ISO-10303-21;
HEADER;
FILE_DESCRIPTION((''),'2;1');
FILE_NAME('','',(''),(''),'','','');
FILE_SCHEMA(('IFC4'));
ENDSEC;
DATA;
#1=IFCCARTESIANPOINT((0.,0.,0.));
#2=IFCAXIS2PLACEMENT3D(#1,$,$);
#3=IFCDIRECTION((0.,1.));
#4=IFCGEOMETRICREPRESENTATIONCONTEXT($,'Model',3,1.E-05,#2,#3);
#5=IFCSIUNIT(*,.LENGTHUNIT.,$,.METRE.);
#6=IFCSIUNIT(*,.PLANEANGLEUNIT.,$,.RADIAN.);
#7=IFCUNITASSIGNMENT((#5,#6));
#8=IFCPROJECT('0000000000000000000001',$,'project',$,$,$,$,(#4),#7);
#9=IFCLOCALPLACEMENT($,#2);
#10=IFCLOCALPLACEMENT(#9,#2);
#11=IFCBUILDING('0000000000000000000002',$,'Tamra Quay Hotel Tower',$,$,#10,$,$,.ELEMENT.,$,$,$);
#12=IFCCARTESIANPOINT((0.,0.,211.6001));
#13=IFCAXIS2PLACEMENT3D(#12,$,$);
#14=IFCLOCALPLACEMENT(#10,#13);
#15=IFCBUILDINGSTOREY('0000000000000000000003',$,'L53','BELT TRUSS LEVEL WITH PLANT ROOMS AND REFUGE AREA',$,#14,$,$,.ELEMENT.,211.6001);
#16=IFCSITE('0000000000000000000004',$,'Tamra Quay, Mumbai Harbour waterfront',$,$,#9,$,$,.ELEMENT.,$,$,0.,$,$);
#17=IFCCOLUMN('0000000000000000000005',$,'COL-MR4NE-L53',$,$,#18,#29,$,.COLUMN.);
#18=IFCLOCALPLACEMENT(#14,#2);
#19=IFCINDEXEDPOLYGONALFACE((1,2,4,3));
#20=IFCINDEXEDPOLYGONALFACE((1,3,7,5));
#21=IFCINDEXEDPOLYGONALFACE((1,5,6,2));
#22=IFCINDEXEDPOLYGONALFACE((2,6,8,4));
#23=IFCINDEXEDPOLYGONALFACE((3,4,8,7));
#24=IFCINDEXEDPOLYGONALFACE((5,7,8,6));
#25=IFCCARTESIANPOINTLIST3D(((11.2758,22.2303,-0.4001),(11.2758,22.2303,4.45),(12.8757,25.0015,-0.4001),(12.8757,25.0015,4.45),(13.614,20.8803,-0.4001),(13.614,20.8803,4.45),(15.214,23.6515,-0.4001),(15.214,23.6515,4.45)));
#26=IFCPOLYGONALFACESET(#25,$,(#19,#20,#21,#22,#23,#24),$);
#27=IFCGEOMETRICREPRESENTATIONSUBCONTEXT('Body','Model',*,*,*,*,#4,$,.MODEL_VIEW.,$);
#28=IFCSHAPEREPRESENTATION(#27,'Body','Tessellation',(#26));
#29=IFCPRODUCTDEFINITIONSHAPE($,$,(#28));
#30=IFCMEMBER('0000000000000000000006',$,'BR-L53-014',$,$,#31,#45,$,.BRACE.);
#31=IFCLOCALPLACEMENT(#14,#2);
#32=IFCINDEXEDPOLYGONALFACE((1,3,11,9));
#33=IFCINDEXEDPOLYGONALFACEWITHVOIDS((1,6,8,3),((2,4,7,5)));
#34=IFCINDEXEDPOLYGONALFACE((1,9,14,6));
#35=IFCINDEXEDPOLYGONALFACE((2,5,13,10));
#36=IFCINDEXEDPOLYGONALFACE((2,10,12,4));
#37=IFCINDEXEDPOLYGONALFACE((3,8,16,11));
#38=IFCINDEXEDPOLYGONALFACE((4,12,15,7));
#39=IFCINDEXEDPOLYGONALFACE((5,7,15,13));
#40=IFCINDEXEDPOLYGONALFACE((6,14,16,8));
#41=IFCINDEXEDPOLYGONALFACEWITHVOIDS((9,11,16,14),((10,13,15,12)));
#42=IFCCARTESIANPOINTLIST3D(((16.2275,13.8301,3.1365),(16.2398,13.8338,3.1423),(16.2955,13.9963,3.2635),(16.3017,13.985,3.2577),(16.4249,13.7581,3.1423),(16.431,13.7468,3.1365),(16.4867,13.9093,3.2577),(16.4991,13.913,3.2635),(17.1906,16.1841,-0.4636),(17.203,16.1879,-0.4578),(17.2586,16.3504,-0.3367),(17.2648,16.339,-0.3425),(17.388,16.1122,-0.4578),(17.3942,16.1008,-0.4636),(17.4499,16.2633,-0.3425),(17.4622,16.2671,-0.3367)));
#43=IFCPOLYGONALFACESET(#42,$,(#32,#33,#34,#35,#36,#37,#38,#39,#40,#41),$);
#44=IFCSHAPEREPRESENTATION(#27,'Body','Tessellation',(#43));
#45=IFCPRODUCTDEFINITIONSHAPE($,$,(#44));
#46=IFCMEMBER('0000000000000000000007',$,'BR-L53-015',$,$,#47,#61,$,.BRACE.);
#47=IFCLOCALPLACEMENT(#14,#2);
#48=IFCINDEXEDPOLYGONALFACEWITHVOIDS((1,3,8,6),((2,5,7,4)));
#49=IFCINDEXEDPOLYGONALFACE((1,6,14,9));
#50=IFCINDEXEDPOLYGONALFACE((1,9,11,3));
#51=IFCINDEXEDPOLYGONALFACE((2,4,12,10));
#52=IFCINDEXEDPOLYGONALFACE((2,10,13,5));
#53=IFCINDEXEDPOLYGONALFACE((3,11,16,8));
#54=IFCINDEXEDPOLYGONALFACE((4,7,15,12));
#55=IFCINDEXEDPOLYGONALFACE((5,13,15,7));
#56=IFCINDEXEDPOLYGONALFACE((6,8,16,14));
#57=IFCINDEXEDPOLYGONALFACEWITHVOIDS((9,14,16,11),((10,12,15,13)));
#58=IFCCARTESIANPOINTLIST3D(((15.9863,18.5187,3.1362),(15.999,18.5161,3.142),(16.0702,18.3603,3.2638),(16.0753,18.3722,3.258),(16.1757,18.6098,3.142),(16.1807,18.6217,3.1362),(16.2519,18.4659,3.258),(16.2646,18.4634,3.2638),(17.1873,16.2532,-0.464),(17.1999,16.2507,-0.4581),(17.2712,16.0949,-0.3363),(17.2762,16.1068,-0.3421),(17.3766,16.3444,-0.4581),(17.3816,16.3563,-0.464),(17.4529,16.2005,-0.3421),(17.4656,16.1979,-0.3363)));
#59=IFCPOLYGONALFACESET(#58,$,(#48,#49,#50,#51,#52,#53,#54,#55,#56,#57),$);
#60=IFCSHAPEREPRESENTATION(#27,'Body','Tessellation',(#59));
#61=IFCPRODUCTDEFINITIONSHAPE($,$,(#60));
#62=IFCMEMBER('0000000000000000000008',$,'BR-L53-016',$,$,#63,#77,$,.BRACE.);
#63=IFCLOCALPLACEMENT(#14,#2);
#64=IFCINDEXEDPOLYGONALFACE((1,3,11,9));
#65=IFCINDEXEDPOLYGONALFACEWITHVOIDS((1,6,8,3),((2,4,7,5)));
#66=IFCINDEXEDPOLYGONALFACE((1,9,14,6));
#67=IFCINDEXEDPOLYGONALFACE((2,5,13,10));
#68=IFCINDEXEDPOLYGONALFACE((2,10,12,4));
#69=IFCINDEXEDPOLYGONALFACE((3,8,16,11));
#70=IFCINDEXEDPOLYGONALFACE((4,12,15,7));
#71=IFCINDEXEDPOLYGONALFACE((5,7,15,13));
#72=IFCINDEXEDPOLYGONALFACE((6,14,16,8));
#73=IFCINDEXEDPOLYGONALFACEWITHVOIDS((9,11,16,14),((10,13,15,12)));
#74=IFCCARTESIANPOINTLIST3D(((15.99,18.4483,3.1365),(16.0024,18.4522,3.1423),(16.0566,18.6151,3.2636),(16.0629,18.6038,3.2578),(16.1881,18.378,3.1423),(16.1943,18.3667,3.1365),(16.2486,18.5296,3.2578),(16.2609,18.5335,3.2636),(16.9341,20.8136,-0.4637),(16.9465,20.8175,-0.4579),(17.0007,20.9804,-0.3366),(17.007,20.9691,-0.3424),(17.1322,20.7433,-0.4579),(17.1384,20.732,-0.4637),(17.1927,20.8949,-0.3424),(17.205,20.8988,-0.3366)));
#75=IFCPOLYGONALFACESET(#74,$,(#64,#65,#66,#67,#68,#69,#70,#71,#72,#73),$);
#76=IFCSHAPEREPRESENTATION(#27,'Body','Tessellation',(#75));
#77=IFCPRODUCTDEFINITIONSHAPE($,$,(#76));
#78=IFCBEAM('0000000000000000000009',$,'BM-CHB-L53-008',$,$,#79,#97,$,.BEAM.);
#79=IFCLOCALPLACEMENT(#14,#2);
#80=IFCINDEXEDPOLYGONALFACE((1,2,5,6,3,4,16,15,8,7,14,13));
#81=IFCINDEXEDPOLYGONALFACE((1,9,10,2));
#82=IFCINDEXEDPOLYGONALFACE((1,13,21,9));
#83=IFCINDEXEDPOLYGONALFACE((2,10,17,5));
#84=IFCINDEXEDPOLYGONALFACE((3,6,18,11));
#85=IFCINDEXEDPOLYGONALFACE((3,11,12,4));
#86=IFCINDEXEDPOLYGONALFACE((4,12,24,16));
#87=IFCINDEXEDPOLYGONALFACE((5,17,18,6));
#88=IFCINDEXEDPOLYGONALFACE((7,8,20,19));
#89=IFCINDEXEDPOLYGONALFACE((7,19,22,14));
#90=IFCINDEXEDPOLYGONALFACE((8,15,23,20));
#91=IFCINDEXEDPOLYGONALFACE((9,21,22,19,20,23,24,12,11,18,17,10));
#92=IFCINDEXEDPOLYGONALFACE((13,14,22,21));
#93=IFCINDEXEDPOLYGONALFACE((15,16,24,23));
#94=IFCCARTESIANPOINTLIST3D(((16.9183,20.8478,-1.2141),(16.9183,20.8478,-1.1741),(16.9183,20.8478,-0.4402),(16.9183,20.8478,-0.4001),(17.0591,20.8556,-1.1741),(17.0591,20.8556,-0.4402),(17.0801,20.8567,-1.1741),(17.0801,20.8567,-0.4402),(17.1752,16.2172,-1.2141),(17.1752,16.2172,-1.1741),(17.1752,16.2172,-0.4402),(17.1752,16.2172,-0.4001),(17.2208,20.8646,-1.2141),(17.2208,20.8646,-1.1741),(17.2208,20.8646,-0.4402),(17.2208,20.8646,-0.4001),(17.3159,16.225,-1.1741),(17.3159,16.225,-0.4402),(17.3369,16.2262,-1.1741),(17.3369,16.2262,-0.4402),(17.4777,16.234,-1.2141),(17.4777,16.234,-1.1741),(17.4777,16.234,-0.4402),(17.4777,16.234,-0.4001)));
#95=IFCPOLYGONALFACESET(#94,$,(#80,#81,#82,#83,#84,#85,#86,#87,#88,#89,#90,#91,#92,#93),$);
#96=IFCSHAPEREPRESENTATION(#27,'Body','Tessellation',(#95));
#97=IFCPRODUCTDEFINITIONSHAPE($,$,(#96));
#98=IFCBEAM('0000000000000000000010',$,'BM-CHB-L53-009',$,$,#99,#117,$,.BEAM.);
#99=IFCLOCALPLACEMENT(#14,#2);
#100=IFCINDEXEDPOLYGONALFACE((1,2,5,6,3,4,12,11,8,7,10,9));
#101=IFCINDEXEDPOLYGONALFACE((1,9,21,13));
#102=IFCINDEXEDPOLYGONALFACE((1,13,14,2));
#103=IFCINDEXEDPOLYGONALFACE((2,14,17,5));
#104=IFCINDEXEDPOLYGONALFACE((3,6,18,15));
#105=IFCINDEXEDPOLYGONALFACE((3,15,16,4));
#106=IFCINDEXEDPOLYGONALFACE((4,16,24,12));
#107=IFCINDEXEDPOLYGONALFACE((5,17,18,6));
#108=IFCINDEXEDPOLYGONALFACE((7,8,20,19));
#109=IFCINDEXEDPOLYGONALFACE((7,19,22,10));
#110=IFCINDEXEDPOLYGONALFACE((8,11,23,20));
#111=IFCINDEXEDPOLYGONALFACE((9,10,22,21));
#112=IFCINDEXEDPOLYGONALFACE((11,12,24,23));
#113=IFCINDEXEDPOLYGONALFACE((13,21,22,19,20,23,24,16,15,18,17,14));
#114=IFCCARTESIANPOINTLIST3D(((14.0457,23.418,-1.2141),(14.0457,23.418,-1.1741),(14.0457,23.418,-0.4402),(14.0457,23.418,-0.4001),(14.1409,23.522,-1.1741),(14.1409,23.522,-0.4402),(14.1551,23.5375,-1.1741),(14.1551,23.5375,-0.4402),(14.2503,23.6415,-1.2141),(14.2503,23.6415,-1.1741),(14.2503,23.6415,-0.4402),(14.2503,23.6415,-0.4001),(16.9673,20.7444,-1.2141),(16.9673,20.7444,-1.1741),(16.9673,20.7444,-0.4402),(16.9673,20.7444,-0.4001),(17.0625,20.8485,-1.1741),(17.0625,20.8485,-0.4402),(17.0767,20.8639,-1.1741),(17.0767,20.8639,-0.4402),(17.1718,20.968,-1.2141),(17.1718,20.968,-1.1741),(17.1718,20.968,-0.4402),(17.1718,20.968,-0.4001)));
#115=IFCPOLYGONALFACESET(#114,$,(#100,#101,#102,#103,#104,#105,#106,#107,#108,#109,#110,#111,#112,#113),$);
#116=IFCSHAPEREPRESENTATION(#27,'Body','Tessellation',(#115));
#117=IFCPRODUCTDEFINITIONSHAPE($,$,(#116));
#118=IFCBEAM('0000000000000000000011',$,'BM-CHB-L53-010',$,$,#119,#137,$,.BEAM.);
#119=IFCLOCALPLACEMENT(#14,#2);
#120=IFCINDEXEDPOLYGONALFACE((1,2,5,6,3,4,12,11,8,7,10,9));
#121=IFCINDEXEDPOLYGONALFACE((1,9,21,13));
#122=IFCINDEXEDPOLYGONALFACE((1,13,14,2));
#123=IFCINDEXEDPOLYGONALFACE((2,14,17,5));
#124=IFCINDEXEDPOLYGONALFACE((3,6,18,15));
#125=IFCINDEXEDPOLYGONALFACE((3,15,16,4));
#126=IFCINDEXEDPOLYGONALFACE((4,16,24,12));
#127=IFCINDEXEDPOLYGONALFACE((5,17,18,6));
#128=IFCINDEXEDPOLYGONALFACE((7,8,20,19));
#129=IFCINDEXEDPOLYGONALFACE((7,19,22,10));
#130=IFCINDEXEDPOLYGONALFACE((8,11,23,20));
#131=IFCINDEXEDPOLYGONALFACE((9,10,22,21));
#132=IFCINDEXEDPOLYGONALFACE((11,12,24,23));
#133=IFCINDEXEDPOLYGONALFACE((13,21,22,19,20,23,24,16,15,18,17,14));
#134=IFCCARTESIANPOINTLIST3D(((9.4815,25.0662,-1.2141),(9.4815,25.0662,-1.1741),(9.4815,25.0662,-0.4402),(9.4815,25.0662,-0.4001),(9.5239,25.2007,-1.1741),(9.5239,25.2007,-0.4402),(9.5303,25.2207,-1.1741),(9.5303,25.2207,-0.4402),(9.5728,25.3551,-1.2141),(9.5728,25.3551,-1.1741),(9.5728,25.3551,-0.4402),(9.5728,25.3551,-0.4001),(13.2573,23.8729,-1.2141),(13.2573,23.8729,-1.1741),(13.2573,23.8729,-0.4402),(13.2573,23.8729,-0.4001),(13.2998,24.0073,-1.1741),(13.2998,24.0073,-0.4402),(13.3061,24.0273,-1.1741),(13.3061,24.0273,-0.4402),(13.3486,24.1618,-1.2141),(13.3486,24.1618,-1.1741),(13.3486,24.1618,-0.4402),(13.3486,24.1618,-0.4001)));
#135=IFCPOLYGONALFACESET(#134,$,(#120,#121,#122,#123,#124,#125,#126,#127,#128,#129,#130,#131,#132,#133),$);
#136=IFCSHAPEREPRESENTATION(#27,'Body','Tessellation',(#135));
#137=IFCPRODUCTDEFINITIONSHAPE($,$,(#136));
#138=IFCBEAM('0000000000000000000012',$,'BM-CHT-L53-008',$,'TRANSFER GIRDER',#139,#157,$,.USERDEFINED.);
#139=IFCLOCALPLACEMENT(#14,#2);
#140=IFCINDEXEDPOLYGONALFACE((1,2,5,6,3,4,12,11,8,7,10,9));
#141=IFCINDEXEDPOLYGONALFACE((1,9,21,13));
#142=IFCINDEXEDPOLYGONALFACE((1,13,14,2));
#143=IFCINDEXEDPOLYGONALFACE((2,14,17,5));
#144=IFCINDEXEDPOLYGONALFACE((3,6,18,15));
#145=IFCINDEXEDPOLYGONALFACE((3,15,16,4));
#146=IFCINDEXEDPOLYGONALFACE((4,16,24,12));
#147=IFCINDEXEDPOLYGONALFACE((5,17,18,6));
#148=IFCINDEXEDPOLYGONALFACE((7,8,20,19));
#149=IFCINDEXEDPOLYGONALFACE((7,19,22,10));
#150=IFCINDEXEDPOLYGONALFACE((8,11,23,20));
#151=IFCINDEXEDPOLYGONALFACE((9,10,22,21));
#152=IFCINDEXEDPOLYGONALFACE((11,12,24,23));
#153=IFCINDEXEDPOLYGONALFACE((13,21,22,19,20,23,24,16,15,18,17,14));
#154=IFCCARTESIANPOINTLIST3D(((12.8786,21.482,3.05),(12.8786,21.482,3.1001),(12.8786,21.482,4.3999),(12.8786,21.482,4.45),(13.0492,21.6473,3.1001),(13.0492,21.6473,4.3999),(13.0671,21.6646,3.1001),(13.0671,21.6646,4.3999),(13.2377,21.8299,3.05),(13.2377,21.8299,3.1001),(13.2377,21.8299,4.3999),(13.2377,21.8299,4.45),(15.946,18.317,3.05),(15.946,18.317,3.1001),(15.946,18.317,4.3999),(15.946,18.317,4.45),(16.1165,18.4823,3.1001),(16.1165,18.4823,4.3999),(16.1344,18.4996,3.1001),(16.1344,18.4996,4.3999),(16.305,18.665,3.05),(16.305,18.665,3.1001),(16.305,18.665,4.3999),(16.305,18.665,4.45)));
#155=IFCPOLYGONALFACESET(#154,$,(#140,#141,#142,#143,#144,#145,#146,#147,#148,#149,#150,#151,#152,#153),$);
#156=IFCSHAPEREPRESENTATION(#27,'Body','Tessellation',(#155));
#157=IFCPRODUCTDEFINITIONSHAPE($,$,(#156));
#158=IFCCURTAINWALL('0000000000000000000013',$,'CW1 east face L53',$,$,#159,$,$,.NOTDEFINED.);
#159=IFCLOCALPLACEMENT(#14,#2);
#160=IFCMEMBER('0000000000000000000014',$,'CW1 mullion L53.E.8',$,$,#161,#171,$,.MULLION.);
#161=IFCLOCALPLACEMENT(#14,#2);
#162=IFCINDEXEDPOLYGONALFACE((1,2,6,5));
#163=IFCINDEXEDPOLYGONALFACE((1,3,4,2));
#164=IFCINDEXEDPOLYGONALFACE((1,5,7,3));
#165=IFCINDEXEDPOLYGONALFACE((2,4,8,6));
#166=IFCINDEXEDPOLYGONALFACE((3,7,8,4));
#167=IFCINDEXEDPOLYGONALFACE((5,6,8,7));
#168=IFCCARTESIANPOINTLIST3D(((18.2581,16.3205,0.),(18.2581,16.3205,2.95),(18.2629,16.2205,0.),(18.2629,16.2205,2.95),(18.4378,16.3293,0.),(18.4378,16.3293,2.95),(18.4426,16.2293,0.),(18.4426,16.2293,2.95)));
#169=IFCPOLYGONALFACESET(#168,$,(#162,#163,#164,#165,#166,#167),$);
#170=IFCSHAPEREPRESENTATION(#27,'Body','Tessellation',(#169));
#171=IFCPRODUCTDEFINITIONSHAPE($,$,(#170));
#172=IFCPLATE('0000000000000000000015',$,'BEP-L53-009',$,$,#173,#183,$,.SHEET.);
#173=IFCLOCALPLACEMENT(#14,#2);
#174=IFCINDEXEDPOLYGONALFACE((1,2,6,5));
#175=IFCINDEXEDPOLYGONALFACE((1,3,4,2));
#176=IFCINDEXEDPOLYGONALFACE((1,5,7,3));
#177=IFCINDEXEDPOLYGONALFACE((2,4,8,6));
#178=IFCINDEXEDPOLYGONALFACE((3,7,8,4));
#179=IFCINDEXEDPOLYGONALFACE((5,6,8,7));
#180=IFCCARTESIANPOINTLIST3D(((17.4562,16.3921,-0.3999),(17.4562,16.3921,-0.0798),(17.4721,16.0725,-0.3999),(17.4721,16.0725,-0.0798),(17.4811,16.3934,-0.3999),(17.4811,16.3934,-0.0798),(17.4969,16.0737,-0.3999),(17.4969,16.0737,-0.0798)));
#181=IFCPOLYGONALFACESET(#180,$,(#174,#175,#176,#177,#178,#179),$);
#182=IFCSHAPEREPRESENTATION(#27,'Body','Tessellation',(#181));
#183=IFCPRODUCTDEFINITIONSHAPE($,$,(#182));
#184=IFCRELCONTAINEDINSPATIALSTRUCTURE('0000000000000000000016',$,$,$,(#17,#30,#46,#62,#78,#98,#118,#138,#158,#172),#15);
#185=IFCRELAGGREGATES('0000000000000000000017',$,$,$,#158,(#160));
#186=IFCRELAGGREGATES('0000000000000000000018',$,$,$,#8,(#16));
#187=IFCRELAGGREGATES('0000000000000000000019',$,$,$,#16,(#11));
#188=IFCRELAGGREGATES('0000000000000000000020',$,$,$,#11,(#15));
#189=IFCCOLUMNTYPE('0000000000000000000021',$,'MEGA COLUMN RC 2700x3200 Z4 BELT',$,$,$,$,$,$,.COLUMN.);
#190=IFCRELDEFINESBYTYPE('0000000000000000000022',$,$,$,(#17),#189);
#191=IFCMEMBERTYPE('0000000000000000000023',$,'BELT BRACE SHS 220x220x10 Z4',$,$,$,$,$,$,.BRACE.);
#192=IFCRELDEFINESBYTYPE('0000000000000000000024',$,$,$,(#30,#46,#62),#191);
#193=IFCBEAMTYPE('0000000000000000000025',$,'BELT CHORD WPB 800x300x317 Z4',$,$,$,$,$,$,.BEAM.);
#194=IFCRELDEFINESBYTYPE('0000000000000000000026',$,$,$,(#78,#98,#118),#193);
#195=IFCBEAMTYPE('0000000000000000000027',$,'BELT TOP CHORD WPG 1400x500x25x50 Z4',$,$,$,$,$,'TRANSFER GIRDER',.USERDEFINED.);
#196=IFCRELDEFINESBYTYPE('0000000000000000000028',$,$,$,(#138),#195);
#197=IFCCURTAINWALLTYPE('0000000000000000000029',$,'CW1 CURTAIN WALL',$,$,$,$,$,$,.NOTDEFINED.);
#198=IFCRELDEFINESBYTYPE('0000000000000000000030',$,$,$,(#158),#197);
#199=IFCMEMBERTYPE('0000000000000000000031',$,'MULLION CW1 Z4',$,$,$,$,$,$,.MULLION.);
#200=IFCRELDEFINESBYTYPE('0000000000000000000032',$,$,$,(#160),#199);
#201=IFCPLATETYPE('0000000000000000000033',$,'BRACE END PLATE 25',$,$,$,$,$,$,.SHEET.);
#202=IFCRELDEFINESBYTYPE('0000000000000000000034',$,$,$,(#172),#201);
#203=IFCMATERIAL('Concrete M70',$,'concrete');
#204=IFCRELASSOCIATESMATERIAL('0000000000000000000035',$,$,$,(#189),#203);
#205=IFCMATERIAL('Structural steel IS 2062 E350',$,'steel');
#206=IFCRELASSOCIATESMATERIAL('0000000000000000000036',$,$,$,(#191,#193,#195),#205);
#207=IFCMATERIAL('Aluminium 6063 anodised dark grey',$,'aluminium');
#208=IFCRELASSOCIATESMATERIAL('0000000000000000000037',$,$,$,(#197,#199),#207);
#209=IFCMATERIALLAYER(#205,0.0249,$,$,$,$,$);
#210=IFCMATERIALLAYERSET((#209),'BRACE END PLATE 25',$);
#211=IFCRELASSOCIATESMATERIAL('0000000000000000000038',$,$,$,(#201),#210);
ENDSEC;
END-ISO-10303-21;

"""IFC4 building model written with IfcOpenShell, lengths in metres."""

from ifc_helpers import new_model, si_unit, direction, frame, origin, origin_2d, place, context, subcontext, project, spatial, rectangle, hollow_rectangle, i_section, extrude, material, layer, layer_set, material_profile, profile_set, type_object, element, aggregate, save


model = new_model("IFC4")

# Units and contexts
model_context = context("Model", 3, precision=1e-05, world=origin(), true_north=direction((0.0, 1.0)))
body_context = subcontext(model_context, "Body", "Model", "MODEL_VIEW")
ifc_project = project(units=[si_unit("LENGTHUNIT", "METRE"), si_unit("PLANEANGLEUNIT", "RADIAN")], contexts=[model_context])

# Site, building, storey
site_placement = place(None, origin())
site = spatial("IfcSite", under=ifc_project, at=site_placement, Name="Tamra Quay, Mumbai Harbour waterfront", CompositionType="ELEMENT", RefElevation=0.0)
building_placement = place(site_placement, origin())
building = spatial("IfcBuilding", under=site, at=building_placement, Name="Tamra Quay Hotel Tower", CompositionType="ELEMENT")
storey_placement = place(building_placement, frame((0.0, 0.0, 211.6001)))
storey = spatial("IfcBuildingStorey", under=building, at=storey_placement, Name="L53", Description="BELT TRUSS LEVEL WITH PLANT ROOMS AND REFUGE AREA", CompositionType="ELEMENT", Elevation=211.6001)

# Column
ifc_material_1 = material(Name="Concrete M70", Category="concrete")
ifc_material_profile_1 = material_profile(ifc_material_1, rectangle(XDim=3.2, YDim=2.7, at=origin_2d()), Name="MEGA COLUMN RC 2700x3200 Z4 BELT")
ifc_profile_set_1 = profile_set([ifc_material_profile_1], Name="Concrete M70")
column_type = type_object("IfcColumnType", Name="MEGA COLUMN RC 2700x3200 Z4 BELT", PredefinedType="COLUMN", material=ifc_profile_set_1)
column_placement = place(storey_placement, frame((13.2449, 22.9409, -0.4001), z_axis=(0.0, 0.0, 1.0), x_axis=(0.5, 0.866025, 0.0)))
element("IfcColumn", 1, at=column_placement, inside=storey, type_object=column_type, Name="COL-MR4NE-L53", PredefinedType="COLUMN", context=body_context, shape_type="SweptSolid", body=[
    extrude(rectangle(XDim=3.2, YDim=2.7, at=origin_2d()), origin(), (0.0, 0.0, 1.0), 4.8501),
])

# Members
ifc_material_2 = material(Name="Structural steel IS 2062 E350", Category="steel")
ifc_material_profile_2 = material_profile(ifc_material_2, hollow_rectangle(XDim=0.22, YDim=0.22, WallThickness=0.01, at=origin_2d()), Name="SHS 220x220x10")
ifc_profile_set_2 = profile_set([ifc_material_profile_2], Name="Structural steel IS 2062 E350")
member_type_1 = type_object("IfcMemberType", Name="BELT BRACE SHS 220x220x10 Z4", PredefinedType="BRACE", material=ifc_profile_set_2)
member_1_placement = place(storey_placement, frame((17.3264, 16.2256, -0.4001), z_axis=(-0.218501, -0.534041, 0.816736), x_axis=(0.925529, -0.378678, 0.0)))
element("IfcMember", 2, at=member_1_placement, inside=storey, type_object=member_type_1, Name="BR-L53-014", PredefinedType="BRACE", context=body_context, shape_type="SweptSolid", body=[
    extrude(hollow_rectangle(XDim=0.22, YDim=0.22, WallThickness=0.01, at=origin_2d()), origin(), (0.0, 0.0, 1.0), 4.408),
])
member_2_placement = place(storey_placement, frame((17.3264, 16.2256, -0.4001), z_axis=(-0.271714, 0.51255, 0.814533), x_axis=(-0.883528, -0.468378, 0.0)))
element("IfcMember", 3, at=member_2_placement, inside=storey, type_object=member_type_1, Name="BR-L53-015", PredefinedType="BRACE", context=body_context, shape_type="SweptSolid", body=[
    extrude(hollow_rectangle(XDim=0.22, YDim=0.22, WallThickness=0.01, at=origin_2d()), origin(), (0.0, 0.0, 1.0), 4.4199),
])
member_3_placement = place(storey_placement, frame((17.0696, 20.8562, -0.4001), z_axis=(-0.214089, -0.536359, 0.816385), x_axis=(0.928748, -0.370713, 0.0)))
element("IfcMember", 4, at=member_3_placement, inside=storey, type_object=member_type_1, Name="BR-L53-016", PredefinedType="BRACE", context=body_context, shape_type="SweptSolid", body=[
    extrude(hollow_rectangle(XDim=0.22, YDim=0.22, WallThickness=0.01, at=origin_2d()), origin(), (0.0, 0.0, 1.0), 4.4099),
])

# Beams
ifc_material_profile_3 = material_profile(ifc_material_2, i_section(OverallWidth=0.303, OverallDepth=0.814, WebThickness=0.021, FlangeThickness=0.04, at=origin_2d()), Name="WPB 800x300x317")
ifc_profile_set_3 = profile_set([ifc_material_profile_3], Name="Structural steel IS 2062 E350")
beam_type_1 = type_object("IfcBeamType", Name="BELT CHORD WPB 800x300x317 Z4", PredefinedType="BEAM", material=ifc_profile_set_3)
beam_1_placement = place(storey_placement, frame((17.3264, 16.2256, -0.8071), z_axis=(-0.05538, 0.998465, 0.0), x_axis=(-0.998465, -0.05538, 0.0)))
element("IfcBeam", 5, at=beam_1_placement, inside=storey, type_object=beam_type_1, Name="BM-CHB-L53-008", PredefinedType="BEAM", context=body_context, shape_type="SweptSolid", body=[
    extrude(i_section(OverallWidth=0.303, OverallDepth=0.814, WebThickness=0.021, FlangeThickness=0.04, at=origin_2d()), origin(), (0.0, 0.0, 1.0), 4.6377),
])
beam_2_placement = place(storey_placement, frame((17.0696, 20.8562, -0.8071), z_axis=(-0.73773, 0.675096, 0.0), x_axis=(-0.675096, -0.73773, 0.0)))
element("IfcBeam", 6, at=beam_2_placement, inside=storey, type_object=beam_type_1, Name="BM-CHB-L53-009", PredefinedType="BEAM", context=body_context, shape_type="SweptSolid", body=[
    extrude(i_section(OverallWidth=0.303, OverallDepth=0.814, WebThickness=0.021, FlangeThickness=0.04, at=origin_2d()), origin(), (0.0, 0.0, 1.0), 3.9602),
])
beam_3_placement = place(storey_placement, frame((13.303, 24.0173, -0.8071), z_axis=(-0.953512, 0.301356, 0.0), x_axis=(-0.301356, -0.953512, 0.0)))
element("IfcBeam", 7, at=beam_3_placement, inside=storey, type_object=beam_type_1, Name="BM-CHB-L53-010", PredefinedType="BEAM", context=body_context, shape_type="SweptSolid", body=[
    extrude(i_section(OverallWidth=0.303, OverallDepth=0.814, WebThickness=0.021, FlangeThickness=0.04, at=origin_2d()), origin(), (0.0, 0.0, 1.0), 3.96),
])
ifc_material_profile_4 = material_profile(ifc_material_2, i_section(OverallWidth=0.5, OverallDepth=1.3999, WebThickness=0.0249, FlangeThickness=0.05, at=origin_2d()), Name="WPG 1400x500x25x50")
ifc_profile_set_4 = profile_set([ifc_material_profile_4], Name="Structural steel IS 2062 E350")
beam_type_2 = type_object("IfcBeamType", Name="BELT TOP CHORD WPG 1400x500x25x50 Z4", ElementType="TRANSFER GIRDER", PredefinedType="USERDEFINED", material=ifc_profile_set_4)
beam_4_placement = place(storey_placement, frame((16.1255, 18.491, 3.75), z_axis=(-0.695942, 0.718098, 0.0), x_axis=(-0.718098, -0.695942, 0.0)))
element("IfcBeam", 8, at=beam_4_placement, inside=storey, type_object=beam_type_2, Name="BM-CHT-L53-008", ObjectType="TRANSFER GIRDER", PredefinedType="USERDEFINED", context=body_context, shape_type="SweptSolid", body=[
    extrude(i_section(OverallWidth=0.5, OverallDepth=1.3999, WebThickness=0.0249, FlangeThickness=0.05, at=origin_2d()), origin(), (0.0, 0.0, 1.0), 4.4075),
])

# Curtain wall, member
ifc_material_3 = material(Name="Aluminium 6063 anodised dark grey", Category="aluminium")
curtain_wall_type = type_object("IfcCurtainWallType", Name="CW1 CURTAIN WALL", PredefinedType="NOTDEFINED", material=ifc_material_3)
curtain_wall_placement = place(storey_placement, origin())
curtain_wall = element("IfcCurtainWall", 9, at=curtain_wall_placement, inside=storey, type_object=curtain_wall_type, Name="CW1 east face L53", PredefinedType="NOTDEFINED")
ifc_material_profile_5 = material_profile(ifc_material_3, rectangle(XDim=0.1799, YDim=0.1001, at=origin_2d()), Name="MULLION 100X180")
ifc_profile_set_5 = profile_set([ifc_material_profile_5], Name="Aluminium 6063 anodised dark grey")
member_type_2 = type_object("IfcMemberType", Name="MULLION CW1 Z4", PredefinedType="MULLION", material=ifc_profile_set_5)
member_4_placement = place(storey_placement, frame((18.3503, 16.2749, 0.0), z_axis=(0.0, 0.0, 1.0), x_axis=(0.998823, 0.04851, 0.0)))
member_4 = element("IfcMember", 10, at=member_4_placement, type_object=member_type_2, Name="CW1 mullion L53.E.8", PredefinedType="MULLION", context=body_context, shape_type="SweptSolid", body=[
    extrude(rectangle(XDim=0.1799, YDim=0.1001, at=origin_2d()), origin(), (0.0, 0.0, 1.0), 2.95),
])

# Plate
ifc_layer_1 = layer(ifc_material_2, 0.0249)
ifc_layer_set_1 = layer_set([ifc_layer_1], Name="BRACE END PLATE 25")
plate_type_1 = type_object("IfcPlateType", Name="BRACE END PLATE 25", PredefinedType="SHEET", material=ifc_layer_set_1)
for number, where, z_axis, x_axis, name in (
    (11, (17.4766, 16.2329, -0.3999), (0.0, 0.0, 1.0), (0.998773, 0.049514, 0.0), "BEP-L53-009"),
):
    element("IfcPlate", number, at=place(storey_placement, frame(where, z_axis=z_axis, x_axis=x_axis)), inside=storey, type_object=plate_type_1, Name=name, PredefinedType="SHEET", context=body_context, shape_type="SweptSolid", body=[
        extrude(rectangle(XDim=0.0249, YDim=0.3201, at=origin_2d()), origin(), (0.0, 0.0, 1.0), 0.3201),
    ])

aggregate(curtain_wall, [member_4])

save(model, "model.ifc")
